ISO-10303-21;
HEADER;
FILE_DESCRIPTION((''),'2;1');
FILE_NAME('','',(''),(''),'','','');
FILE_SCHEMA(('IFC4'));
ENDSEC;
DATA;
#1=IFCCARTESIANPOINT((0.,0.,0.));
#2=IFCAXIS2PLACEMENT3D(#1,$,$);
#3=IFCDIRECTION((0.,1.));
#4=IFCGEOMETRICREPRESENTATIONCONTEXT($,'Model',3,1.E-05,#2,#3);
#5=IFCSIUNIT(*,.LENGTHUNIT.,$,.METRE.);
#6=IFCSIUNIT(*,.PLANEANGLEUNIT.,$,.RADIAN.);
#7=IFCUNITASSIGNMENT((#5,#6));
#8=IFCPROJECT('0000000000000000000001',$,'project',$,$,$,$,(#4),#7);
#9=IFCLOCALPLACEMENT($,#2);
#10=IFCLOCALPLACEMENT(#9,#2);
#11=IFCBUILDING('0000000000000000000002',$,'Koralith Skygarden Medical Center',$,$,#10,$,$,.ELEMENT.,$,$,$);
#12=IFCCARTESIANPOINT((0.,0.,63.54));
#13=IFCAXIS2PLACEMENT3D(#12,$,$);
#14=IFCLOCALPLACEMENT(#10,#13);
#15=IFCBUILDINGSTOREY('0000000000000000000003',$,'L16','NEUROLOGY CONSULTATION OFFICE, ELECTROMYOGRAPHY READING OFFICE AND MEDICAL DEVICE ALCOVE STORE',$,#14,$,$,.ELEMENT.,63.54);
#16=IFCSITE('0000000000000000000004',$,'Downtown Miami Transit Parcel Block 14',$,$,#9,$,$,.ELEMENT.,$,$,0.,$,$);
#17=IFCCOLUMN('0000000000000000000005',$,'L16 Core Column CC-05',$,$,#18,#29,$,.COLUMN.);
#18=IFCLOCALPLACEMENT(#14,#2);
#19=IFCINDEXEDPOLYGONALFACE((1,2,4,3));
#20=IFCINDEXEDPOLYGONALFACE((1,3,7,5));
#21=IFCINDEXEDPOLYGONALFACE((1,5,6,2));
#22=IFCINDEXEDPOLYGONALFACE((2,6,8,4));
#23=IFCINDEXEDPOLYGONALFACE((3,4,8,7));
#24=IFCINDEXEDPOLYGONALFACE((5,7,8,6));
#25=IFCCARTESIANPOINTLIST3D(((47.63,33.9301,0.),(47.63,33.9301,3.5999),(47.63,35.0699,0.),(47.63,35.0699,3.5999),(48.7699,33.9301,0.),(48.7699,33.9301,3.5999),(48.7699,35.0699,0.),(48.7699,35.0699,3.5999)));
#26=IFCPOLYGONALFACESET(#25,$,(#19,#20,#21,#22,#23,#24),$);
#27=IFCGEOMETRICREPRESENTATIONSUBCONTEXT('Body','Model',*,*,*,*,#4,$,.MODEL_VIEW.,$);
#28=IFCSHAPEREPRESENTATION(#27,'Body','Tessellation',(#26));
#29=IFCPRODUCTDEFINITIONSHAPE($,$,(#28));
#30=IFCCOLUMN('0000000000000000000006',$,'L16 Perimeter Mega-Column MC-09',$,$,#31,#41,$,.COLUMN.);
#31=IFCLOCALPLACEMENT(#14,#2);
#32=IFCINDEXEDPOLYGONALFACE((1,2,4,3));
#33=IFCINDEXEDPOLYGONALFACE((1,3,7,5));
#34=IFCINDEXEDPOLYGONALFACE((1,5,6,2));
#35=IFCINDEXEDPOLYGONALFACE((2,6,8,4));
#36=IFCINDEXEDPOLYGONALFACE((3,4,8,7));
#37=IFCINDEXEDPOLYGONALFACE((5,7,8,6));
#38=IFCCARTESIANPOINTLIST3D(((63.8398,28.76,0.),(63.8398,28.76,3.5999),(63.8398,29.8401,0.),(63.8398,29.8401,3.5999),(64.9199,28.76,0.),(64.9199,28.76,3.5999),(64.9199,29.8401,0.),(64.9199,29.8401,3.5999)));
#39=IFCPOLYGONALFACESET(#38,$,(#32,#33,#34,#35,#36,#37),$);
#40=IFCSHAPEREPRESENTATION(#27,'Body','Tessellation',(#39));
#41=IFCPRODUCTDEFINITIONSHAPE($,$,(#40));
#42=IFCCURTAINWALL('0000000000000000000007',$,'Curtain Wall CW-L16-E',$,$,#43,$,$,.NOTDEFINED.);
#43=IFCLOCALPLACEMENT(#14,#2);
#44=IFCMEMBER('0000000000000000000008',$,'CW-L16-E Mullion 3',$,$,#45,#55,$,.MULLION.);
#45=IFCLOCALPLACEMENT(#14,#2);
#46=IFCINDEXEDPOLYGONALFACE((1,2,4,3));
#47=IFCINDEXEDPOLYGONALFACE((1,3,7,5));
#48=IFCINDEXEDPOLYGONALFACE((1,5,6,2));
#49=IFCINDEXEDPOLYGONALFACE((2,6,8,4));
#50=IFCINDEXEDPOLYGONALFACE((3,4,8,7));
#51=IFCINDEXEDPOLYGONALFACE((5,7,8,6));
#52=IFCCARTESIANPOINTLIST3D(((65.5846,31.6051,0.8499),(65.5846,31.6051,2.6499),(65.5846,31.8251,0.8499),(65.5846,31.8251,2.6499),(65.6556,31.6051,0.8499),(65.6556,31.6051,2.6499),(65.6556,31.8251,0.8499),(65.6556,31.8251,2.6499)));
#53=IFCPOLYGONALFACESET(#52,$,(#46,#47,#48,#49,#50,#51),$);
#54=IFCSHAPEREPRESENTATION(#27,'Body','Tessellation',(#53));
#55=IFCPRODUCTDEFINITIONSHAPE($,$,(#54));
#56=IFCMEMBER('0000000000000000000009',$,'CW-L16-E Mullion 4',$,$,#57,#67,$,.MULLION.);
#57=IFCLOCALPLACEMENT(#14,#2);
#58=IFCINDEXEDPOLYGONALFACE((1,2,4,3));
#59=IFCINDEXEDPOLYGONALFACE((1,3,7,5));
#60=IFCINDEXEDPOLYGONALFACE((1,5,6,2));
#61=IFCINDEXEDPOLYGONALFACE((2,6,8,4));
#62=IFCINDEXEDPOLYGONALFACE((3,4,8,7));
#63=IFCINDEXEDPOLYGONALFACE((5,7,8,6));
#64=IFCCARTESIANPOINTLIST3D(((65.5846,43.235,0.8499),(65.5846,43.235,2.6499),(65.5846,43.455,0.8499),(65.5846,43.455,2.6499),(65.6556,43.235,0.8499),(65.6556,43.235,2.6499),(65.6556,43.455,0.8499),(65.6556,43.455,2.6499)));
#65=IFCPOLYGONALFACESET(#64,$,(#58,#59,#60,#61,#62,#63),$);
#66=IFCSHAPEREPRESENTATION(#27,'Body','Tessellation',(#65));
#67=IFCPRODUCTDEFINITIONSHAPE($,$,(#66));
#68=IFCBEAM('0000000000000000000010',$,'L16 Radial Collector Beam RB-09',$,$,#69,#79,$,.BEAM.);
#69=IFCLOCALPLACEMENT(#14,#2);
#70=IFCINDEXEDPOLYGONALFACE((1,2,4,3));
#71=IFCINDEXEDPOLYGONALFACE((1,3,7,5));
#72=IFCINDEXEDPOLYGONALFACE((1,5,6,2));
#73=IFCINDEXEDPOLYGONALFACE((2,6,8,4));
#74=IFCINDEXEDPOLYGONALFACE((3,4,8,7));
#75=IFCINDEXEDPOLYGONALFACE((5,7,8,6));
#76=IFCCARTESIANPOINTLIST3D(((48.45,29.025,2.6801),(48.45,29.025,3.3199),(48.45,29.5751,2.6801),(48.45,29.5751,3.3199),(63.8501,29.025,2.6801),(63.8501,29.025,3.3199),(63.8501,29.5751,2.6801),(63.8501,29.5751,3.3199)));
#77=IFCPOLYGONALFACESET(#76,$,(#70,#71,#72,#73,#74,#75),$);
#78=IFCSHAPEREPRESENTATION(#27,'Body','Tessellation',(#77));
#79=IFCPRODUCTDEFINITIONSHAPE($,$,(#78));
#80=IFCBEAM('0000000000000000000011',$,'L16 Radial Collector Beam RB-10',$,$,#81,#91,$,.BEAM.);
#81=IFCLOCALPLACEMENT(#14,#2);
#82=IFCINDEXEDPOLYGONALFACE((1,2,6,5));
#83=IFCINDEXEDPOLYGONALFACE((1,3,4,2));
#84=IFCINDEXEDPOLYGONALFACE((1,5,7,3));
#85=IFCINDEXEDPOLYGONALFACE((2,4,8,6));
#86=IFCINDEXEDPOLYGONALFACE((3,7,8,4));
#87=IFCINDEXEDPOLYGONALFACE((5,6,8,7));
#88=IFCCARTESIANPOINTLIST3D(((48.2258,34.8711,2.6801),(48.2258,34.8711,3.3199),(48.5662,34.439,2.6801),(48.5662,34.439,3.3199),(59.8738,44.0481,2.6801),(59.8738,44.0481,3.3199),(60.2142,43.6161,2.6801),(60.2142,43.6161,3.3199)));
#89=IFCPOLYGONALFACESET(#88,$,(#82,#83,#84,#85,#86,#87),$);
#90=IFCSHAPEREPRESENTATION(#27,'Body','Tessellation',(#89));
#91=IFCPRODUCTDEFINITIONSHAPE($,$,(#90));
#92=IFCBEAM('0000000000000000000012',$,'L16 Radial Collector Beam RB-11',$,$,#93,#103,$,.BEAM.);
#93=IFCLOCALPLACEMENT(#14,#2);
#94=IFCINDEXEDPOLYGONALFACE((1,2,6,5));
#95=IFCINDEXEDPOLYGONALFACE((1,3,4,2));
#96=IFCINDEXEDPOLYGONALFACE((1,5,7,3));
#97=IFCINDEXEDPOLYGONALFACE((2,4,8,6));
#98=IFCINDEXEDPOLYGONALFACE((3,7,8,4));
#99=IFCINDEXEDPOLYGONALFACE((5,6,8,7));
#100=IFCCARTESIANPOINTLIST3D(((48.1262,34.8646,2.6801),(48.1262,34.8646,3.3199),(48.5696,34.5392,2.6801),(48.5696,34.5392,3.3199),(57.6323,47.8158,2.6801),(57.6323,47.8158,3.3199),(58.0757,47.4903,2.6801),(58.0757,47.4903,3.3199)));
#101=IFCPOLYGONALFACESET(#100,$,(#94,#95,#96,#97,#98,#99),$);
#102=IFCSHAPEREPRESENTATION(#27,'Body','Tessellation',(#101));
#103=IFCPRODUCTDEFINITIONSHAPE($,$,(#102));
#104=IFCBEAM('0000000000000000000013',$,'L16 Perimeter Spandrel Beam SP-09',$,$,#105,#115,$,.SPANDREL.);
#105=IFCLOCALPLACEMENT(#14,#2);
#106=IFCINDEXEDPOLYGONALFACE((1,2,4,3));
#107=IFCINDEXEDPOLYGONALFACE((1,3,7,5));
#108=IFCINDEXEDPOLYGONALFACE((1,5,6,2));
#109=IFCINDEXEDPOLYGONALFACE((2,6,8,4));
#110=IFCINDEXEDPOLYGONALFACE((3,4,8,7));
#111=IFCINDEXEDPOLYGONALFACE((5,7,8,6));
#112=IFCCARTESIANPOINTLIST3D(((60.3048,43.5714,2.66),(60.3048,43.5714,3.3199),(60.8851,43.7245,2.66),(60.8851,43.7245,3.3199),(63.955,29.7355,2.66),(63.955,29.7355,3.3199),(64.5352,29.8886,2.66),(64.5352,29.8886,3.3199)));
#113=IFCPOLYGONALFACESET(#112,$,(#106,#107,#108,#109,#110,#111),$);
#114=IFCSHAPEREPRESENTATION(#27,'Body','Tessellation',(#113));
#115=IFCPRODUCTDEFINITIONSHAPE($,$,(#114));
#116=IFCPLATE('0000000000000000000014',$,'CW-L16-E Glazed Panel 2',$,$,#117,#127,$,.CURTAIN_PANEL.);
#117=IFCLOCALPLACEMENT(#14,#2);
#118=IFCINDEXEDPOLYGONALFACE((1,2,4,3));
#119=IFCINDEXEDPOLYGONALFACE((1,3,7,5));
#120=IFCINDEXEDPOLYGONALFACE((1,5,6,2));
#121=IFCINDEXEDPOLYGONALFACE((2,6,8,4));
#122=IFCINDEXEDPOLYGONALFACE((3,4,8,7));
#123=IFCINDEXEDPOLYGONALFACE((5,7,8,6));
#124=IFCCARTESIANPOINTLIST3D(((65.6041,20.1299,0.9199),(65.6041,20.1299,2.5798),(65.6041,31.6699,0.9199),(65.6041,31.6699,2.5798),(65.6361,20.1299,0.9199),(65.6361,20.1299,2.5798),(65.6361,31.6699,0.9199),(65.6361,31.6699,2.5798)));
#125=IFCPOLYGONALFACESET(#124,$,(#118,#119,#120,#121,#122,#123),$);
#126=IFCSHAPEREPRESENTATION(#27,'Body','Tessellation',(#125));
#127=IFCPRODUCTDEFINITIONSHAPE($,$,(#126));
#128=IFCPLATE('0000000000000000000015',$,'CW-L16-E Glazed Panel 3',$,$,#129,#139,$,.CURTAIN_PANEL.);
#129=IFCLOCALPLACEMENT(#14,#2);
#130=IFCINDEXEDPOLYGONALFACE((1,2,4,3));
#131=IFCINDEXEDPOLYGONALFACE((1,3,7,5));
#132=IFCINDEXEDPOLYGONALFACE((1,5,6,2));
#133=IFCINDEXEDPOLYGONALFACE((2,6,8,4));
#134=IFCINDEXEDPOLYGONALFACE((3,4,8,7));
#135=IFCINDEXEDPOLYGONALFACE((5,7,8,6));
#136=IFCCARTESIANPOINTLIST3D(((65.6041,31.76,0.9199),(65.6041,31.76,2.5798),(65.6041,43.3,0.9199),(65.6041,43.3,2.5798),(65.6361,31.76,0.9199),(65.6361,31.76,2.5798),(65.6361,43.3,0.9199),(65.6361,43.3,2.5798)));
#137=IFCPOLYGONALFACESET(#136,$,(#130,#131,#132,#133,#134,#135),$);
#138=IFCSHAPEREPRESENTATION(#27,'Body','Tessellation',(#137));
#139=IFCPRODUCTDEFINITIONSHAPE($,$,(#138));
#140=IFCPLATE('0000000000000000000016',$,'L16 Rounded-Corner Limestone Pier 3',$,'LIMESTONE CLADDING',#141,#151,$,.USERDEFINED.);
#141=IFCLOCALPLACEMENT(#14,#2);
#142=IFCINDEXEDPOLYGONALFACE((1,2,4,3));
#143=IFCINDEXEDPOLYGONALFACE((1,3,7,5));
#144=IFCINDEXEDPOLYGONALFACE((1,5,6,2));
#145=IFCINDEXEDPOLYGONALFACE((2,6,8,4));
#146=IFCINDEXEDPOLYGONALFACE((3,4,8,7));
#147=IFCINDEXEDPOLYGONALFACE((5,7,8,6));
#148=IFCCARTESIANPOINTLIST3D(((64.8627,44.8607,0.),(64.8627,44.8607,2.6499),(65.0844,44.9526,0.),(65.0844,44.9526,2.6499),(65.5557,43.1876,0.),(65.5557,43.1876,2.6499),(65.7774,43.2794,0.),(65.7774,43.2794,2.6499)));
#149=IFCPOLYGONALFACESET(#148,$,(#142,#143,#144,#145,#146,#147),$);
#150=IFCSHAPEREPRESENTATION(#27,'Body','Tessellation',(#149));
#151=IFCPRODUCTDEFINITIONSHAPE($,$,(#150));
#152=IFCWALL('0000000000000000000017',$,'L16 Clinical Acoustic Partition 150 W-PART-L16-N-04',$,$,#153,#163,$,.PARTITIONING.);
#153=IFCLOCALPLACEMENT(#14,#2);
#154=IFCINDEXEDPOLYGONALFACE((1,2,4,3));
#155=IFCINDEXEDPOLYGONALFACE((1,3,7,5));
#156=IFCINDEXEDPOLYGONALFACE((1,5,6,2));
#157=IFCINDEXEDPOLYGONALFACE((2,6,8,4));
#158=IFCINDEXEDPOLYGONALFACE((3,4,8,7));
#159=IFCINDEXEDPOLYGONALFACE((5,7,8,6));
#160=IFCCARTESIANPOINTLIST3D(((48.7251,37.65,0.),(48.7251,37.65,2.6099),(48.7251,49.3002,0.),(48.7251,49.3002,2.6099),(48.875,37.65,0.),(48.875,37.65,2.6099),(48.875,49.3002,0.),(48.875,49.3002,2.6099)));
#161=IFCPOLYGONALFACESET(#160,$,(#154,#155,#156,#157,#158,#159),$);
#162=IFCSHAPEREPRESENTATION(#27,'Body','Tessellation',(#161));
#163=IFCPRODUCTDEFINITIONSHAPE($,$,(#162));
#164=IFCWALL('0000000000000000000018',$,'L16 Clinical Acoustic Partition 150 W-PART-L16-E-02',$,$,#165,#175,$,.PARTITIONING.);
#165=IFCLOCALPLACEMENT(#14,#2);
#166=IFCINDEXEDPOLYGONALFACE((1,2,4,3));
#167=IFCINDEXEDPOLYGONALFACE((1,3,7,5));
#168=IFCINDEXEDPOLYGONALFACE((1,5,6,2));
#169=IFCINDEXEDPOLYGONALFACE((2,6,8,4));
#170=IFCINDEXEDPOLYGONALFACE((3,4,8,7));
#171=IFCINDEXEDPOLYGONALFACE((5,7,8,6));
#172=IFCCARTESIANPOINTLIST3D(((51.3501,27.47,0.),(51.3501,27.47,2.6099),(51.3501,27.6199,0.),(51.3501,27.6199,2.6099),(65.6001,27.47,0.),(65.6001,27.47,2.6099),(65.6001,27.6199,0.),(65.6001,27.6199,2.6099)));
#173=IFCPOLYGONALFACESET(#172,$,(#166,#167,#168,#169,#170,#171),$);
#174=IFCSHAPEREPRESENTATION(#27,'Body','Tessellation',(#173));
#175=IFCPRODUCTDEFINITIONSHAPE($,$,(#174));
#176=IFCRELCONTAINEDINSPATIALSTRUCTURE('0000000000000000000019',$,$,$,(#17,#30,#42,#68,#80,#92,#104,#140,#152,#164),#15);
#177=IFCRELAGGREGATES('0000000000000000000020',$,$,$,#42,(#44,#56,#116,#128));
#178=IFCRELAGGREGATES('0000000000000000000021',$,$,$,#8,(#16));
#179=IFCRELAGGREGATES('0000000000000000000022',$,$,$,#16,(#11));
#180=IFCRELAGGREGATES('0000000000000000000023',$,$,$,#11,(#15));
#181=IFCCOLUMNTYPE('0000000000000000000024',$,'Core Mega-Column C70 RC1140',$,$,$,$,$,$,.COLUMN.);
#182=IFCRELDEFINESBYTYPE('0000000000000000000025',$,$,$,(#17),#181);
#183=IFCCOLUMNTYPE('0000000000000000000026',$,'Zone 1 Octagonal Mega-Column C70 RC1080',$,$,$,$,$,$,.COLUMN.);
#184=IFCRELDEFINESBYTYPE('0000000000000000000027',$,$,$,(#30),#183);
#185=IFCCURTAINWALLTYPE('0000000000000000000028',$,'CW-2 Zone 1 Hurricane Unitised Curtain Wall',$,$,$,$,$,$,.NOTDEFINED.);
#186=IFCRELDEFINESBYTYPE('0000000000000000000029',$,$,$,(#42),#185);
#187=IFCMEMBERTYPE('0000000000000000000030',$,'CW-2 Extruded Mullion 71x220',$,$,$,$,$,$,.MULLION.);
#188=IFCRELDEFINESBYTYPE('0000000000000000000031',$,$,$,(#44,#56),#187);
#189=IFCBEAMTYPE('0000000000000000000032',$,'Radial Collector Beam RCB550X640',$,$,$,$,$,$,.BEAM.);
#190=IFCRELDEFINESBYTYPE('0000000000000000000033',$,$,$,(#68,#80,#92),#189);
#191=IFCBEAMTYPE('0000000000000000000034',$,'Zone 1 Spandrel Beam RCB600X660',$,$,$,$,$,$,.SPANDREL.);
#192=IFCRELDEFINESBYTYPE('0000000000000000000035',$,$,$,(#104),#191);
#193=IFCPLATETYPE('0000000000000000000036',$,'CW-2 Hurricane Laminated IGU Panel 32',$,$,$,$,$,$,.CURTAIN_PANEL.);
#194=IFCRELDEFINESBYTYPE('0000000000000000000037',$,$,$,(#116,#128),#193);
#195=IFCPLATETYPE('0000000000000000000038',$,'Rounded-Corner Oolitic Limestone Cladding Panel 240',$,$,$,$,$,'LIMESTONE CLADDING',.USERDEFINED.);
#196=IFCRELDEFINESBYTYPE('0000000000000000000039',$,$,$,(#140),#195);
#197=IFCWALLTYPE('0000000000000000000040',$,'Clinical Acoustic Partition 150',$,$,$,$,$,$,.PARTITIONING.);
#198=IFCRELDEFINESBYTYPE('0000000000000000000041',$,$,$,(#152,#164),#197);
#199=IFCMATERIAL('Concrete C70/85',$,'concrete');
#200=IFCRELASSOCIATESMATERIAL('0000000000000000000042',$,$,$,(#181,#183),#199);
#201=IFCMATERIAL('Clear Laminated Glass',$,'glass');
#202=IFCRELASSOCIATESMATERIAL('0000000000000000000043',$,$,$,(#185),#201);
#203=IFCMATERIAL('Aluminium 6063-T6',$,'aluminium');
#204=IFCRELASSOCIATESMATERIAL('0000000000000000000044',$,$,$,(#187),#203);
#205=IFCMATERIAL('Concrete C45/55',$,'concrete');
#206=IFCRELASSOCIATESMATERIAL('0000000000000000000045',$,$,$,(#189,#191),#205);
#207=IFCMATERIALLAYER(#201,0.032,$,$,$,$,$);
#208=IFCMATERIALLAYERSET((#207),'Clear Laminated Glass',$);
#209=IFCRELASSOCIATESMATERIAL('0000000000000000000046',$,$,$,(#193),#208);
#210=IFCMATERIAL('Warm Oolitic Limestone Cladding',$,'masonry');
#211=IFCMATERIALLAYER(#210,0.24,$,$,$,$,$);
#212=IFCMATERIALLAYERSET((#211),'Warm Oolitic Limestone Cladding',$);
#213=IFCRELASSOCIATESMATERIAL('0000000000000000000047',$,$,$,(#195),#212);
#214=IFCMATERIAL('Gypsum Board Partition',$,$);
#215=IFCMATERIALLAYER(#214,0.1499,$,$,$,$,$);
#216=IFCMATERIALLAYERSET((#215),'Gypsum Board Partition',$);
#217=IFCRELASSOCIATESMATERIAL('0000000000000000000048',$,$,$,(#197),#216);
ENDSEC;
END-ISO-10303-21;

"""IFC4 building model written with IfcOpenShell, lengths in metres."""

from ifc_helpers import new_model, si_unit, direction, frame, frame_2d, origin, origin_2d, place, context, subcontext, project, spatial, rectangle, extrude, material, layer, layer_set, material_profile, profile_set, type_object, element, aggregate, save


model = new_model("IFC4")

# Units and contexts
model_context = context("Model", 3, precision=1e-05, world=origin(), true_north=direction((0.0, 1.0)))
body_context = subcontext(model_context, "Body", "Model", "MODEL_VIEW")
ifc_project = project(units=[si_unit("LENGTHUNIT", "METRE"), si_unit("PLANEANGLEUNIT", "RADIAN")], contexts=[model_context])

# Site, building, storey
site_placement = place(None, origin())
site = spatial("IfcSite", under=ifc_project, at=site_placement, Name="Downtown Miami Transit Parcel Block 14", CompositionType="ELEMENT", RefElevation=0.0)
building_placement = place(site_placement, origin())
building = spatial("IfcBuilding", under=site, at=building_placement, Name="Koralith Skygarden Medical Center", CompositionType="ELEMENT")
storey_placement = place(building_placement, frame((0.0, 0.0, 63.54)))
storey = spatial("IfcBuildingStorey", under=building, at=storey_placement, Name="L16", Description="NEUROLOGY CONSULTATION OFFICE, ELECTROMYOGRAPHY READING OFFICE AND MEDICAL DEVICE ALCOVE STORE", CompositionType="ELEMENT", Elevation=63.54)

# Columns
ifc_material_1 = material(Name="Concrete C70/85", Category="concrete")
ifc_material_profile_1 = material_profile(ifc_material_1, rectangle(XDim=1.1399, YDim=1.1399, at=origin_2d()), Name="RC1140X1140")
ifc_profile_set_1 = profile_set([ifc_material_profile_1], Name="Concrete C70/85")
column_type_1 = type_object("IfcColumnType", Name="Core Mega-Column C70 RC1140", PredefinedType="COLUMN", material=ifc_profile_set_1)
column_1_placement = place(storey_placement, frame((48.2, 34.5, 0.0), z_axis=(0.0, 0.0, 1.0), x_axis=(1.0, 0.0, 0.0)))
element("IfcColumn", 1, at=column_1_placement, inside=storey, type_object=column_type_1, Name="L16 Core Column CC-05", PredefinedType="COLUMN", context=body_context, shape_type="SweptSolid", body=[
    extrude(rectangle(XDim=1.1399, YDim=1.1399, at=origin_2d()), origin(), (0.0, 0.0, 1.0), 3.5999),
])
ifc_material_profile_2 = material_profile(ifc_material_1, rectangle(XDim=1.0801, YDim=1.0801, at=origin_2d()), Name="RC1080X1080")
ifc_profile_set_2 = profile_set([ifc_material_profile_2], Name="Concrete C70/85")
column_type_2 = type_object("IfcColumnType", Name="Zone 1 Octagonal Mega-Column C70 RC1080", PredefinedType="COLUMN", material=ifc_profile_set_2)
column_2_placement = place(storey_placement, frame((64.3799, 29.3, 0.0), z_axis=(0.0, 0.0, 1.0), x_axis=(1.0, 0.0, 0.0)))
element("IfcColumn", 2, at=column_2_placement, inside=storey, type_object=column_type_2, Name="L16 Perimeter Mega-Column MC-09", PredefinedType="COLUMN", context=body_context, shape_type="SweptSolid", body=[
    extrude(rectangle(XDim=1.0801, YDim=1.0801, at=origin_2d()), origin(), (0.0, 0.0, 1.0), 3.5999),
])

# Curtain wall, members
ifc_material_2 = material(Name="Clear Laminated Glass", Category="glass")
curtain_wall_type = type_object("IfcCurtainWallType", Name="CW-2 Zone 1 Hurricane Unitised Curtain Wall", PredefinedType="NOTDEFINED", material=ifc_material_2)
curtain_wall_placement = place(storey_placement, origin())
curtain_wall = element("IfcCurtainWall", 3, at=curtain_wall_placement, inside=storey, type_object=curtain_wall_type, Name="Curtain Wall CW-L16-E", PredefinedType="NOTDEFINED")
ifc_material_3 = material(Name="Aluminium 6063-T6", Category="aluminium")
ifc_material_profile_3 = material_profile(ifc_material_3, rectangle(XDim=0.071, YDim=0.22, at=origin_2d()), Name="MUL71X220")
ifc_profile_set_3 = profile_set([ifc_material_profile_3], Name="Aluminium 6063-T6")
member_type = type_object("IfcMemberType", Name="CW-2 Extruded Mullion 71x220", PredefinedType="MULLION", material=ifc_profile_set_3)
member_1_placement = place(storey_placement, frame((65.6201, 31.7151, 0.8499), z_axis=(0.0, 0.0, 1.0), x_axis=(1.0, 0.0, 0.0)))
member_1 = element("IfcMember", 4, at=member_1_placement, type_object=member_type, Name="CW-L16-E Mullion 3", PredefinedType="MULLION", context=body_context, shape_type="SweptSolid", body=[
    extrude(rectangle(XDim=0.071, YDim=0.22, at=origin_2d()), origin(), (0.0, 0.0, 1.0), 1.8),
])
member_2_placement = place(storey_placement, frame((65.6201, 43.345, 0.8499), z_axis=(0.0, 0.0, 1.0), x_axis=(1.0, 0.0, 0.0)))
member_2 = element("IfcMember", 5, at=member_2_placement, type_object=member_type, Name="CW-L16-E Mullion 4", PredefinedType="MULLION", context=body_context, shape_type="SweptSolid", body=[
    extrude(rectangle(XDim=0.071, YDim=0.22, at=origin_2d()), origin(), (0.0, 0.0, 1.0), 1.8),
])

# Beams
ifc_material_4 = material(Name="Concrete C45/55", Category="concrete")
ifc_material_profile_4 = material_profile(ifc_material_4, rectangle(XDim=0.55, YDim=0.6399, at=origin_2d()), Name="RCB550X640")
ifc_profile_set_4 = profile_set([ifc_material_profile_4], Name="Concrete C45/55")
beam_type_1 = type_object("IfcBeamType", Name="Radial Collector Beam RCB550X640", PredefinedType="BEAM", material=ifc_profile_set_4)
beam_1_placement = place(storey_placement, frame((48.45, 29.3, 3.0), z_axis=(1.0, 0.0, 0.0), x_axis=(0.0, 1.0, 0.0)))
element("IfcBeam", 6, at=beam_1_placement, inside=storey, type_object=beam_type_1, Name="L16 Radial Collector Beam RB-09", PredefinedType="BEAM", context=body_context, shape_type="SweptSolid", body=[
    extrude(rectangle(XDim=0.55, YDim=0.6399, at=origin_2d()), origin(), (0.0, 0.0, 1.0), 15.4001),
])
beam_2_placement = place(storey_placement, frame((48.396, 34.655, 3.0), z_axis=(0.785497, 0.618865, 0.0), x_axis=(-0.618865, 0.785497, 0.0)))
element("IfcBeam", 7, at=beam_2_placement, inside=storey, type_object=beam_type_1, Name="L16 Radial Collector Beam RB-10", PredefinedType="BEAM", context=body_context, shape_type="SweptSolid", body=[
    extrude(rectangle(XDim=0.55, YDim=0.6399, at=origin_2d()), origin(), (0.0, 0.0, 1.0), 14.8289),
])
beam_3_placement = place(storey_placement, frame((48.3479, 34.7019, 3.0), z_axis=(0.591711, 0.80615, 0.0), x_axis=(-0.80615, 0.591711, 0.0)))
element("IfcBeam", 8, at=beam_3_placement, inside=storey, type_object=beam_type_1, Name="L16 Radial Collector Beam RB-11", PredefinedType="BEAM", context=body_context, shape_type="SweptSolid", body=[
    extrude(rectangle(XDim=0.55, YDim=0.6399, at=origin_2d()), origin(), (0.0, 0.0, 1.0), 16.0654),
])
ifc_material_profile_5 = material_profile(ifc_material_4, rectangle(XDim=0.6001, YDim=0.6599, at=origin_2d()), Name="RCB600X660")
ifc_profile_set_5 = profile_set([ifc_material_profile_5], Name="Concrete C45/55")
beam_type_2 = type_object("IfcBeamType", Name="Zone 1 Spandrel Beam RCB600X660", PredefinedType="SPANDREL", material=ifc_profile_set_5)
beam_4_placement = place(storey_placement, frame((64.2451, 29.812, 2.99), z_axis=(-0.255089, 0.966918, 0.0), x_axis=(-0.966918, -0.255089, 0.0)))
element("IfcBeam", 9, at=beam_4_placement, inside=storey, type_object=beam_type_2, Name="L16 Perimeter Spandrel Beam SP-09", PredefinedType="SPANDREL", context=body_context, shape_type="SweptSolid", body=[
    extrude(rectangle(XDim=0.6001, YDim=0.6599, at=origin_2d()), origin(), (0.0, 0.0, 1.0), 14.3093),
])

# Plates
ifc_layer_1 = layer(ifc_material_2, 0.032)
ifc_layer_set_1 = layer_set([ifc_layer_1], Name="Clear Laminated Glass")
plate_type_1 = type_object("IfcPlateType", Name="CW-2 Hurricane Laminated IGU Panel 32", PredefinedType="CURTAIN_PANEL", material=ifc_layer_set_1)
plate_1_placement = place(storey_placement, frame((65.6201, 25.8999, 0.9199), z_axis=(0.0, 0.0, 1.0), x_axis=(0.0, 1.0, 0.0)))
plate_1 = element("IfcPlate", 10, at=plate_1_placement, type_object=plate_type_1, Name="CW-L16-E Glazed Panel 2", PredefinedType="CURTAIN_PANEL", context=body_context, shape_type="SweptSolid", body=[
    extrude(rectangle(XDim=11.54, YDim=0.032, at=origin_2d()), origin(), (0.0, 0.0, 1.0), 1.6599),
])
plate_2_placement = place(storey_placement, frame((65.6201, 37.53, 0.9199), z_axis=(0.0, 0.0, 1.0), x_axis=(0.0, 1.0, 0.0)))
plate_2 = element("IfcPlate", 11, at=plate_2_placement, type_object=plate_type_1, Name="CW-L16-E Glazed Panel 3", PredefinedType="CURTAIN_PANEL", context=body_context, shape_type="SweptSolid", body=[
    extrude(rectangle(XDim=11.54, YDim=0.032, at=origin_2d()), origin(), (0.0, 0.0, 1.0), 1.6599),
])
aggregate(curtain_wall, [member_1, member_2, plate_1, plate_2])
ifc_material_5 = material(Name="Warm Oolitic Limestone Cladding", Category="masonry")
ifc_layer_2 = layer(ifc_material_5, 0.24)
ifc_layer_set_2 = layer_set([ifc_layer_2], Name="Warm Oolitic Limestone Cladding")
plate_type_2 = type_object("IfcPlateType", Name="Rounded-Corner Oolitic Limestone Cladding Panel 240", ElementType="LIMESTONE CLADDING", PredefinedType="USERDEFINED", material=ifc_layer_set_2)
plate_3_placement = place(storey_placement, frame((65.3201, 44.0701, 0.0), z_axis=(0.0, 0.0, 1.0), x_axis=(-0.382671, 0.923885, 0.0)))
element("IfcPlate", 12, at=plate_3_placement, inside=storey, type_object=plate_type_2, Name="L16 Rounded-Corner Limestone Pier 3", ObjectType="LIMESTONE CLADDING", PredefinedType="USERDEFINED", context=body_context, shape_type="SweptSolid", body=[
    extrude(rectangle(XDim=1.811, YDim=0.24, at=origin_2d()), origin(), (0.0, 0.0, 1.0), 2.6499),
])

# Walls
ifc_material_6 = material(Name="Gypsum Board Partition")
ifc_layer_3 = layer(ifc_material_6, 0.1499)
ifc_layer_set_3 = layer_set([ifc_layer_3], Name="Gypsum Board Partition")
wall_type_1 = type_object("IfcWallType", Name="Clinical Acoustic Partition 150", PredefinedType="PARTITIONING", material=ifc_layer_set_3)
wall_1_placement = place(storey_placement, frame((48.8, 37.6499, 0.0), z_axis=(0.0, 0.0, 1.0), x_axis=(0.0, 1.0, 0.0)))
element("IfcWall", 13, at=wall_1_placement, inside=storey, type_object=wall_type_1, Name="L16 Clinical Acoustic Partition 150 W-PART-L16-N-04", PredefinedType="PARTITIONING", context=body_context, shape_type="SweptSolid", body=[
    extrude(rectangle(XDim=11.6501, YDim=0.1499, at=frame_2d((5.8252, 0.0))), origin(), (0.0, 0.0, 1.0), 2.6099),
])
for number, where, z_axis, x_axis, name in (
    (14, (51.3501, 27.5449, 0.0), (0.0, 0.0, 1.0), (1.0, 0.0, 0.0), "L16 Clinical Acoustic Partition 150 W-PART-L16-E-02"),
):
    element("IfcWall", number, at=place(storey_placement, frame(where, z_axis=z_axis, x_axis=x_axis)), inside=storey, type_object=wall_type_1, Name=name, PredefinedType="PARTITIONING", context=body_context, shape_type="SweptSolid", body=[
        extrude(rectangle(XDim=14.25, YDim=0.1499, at=frame_2d((7.125, 0.0))), origin(), (0.0, 0.0, 1.0), 2.6099),
    ])

save(model, "model.ifc")
